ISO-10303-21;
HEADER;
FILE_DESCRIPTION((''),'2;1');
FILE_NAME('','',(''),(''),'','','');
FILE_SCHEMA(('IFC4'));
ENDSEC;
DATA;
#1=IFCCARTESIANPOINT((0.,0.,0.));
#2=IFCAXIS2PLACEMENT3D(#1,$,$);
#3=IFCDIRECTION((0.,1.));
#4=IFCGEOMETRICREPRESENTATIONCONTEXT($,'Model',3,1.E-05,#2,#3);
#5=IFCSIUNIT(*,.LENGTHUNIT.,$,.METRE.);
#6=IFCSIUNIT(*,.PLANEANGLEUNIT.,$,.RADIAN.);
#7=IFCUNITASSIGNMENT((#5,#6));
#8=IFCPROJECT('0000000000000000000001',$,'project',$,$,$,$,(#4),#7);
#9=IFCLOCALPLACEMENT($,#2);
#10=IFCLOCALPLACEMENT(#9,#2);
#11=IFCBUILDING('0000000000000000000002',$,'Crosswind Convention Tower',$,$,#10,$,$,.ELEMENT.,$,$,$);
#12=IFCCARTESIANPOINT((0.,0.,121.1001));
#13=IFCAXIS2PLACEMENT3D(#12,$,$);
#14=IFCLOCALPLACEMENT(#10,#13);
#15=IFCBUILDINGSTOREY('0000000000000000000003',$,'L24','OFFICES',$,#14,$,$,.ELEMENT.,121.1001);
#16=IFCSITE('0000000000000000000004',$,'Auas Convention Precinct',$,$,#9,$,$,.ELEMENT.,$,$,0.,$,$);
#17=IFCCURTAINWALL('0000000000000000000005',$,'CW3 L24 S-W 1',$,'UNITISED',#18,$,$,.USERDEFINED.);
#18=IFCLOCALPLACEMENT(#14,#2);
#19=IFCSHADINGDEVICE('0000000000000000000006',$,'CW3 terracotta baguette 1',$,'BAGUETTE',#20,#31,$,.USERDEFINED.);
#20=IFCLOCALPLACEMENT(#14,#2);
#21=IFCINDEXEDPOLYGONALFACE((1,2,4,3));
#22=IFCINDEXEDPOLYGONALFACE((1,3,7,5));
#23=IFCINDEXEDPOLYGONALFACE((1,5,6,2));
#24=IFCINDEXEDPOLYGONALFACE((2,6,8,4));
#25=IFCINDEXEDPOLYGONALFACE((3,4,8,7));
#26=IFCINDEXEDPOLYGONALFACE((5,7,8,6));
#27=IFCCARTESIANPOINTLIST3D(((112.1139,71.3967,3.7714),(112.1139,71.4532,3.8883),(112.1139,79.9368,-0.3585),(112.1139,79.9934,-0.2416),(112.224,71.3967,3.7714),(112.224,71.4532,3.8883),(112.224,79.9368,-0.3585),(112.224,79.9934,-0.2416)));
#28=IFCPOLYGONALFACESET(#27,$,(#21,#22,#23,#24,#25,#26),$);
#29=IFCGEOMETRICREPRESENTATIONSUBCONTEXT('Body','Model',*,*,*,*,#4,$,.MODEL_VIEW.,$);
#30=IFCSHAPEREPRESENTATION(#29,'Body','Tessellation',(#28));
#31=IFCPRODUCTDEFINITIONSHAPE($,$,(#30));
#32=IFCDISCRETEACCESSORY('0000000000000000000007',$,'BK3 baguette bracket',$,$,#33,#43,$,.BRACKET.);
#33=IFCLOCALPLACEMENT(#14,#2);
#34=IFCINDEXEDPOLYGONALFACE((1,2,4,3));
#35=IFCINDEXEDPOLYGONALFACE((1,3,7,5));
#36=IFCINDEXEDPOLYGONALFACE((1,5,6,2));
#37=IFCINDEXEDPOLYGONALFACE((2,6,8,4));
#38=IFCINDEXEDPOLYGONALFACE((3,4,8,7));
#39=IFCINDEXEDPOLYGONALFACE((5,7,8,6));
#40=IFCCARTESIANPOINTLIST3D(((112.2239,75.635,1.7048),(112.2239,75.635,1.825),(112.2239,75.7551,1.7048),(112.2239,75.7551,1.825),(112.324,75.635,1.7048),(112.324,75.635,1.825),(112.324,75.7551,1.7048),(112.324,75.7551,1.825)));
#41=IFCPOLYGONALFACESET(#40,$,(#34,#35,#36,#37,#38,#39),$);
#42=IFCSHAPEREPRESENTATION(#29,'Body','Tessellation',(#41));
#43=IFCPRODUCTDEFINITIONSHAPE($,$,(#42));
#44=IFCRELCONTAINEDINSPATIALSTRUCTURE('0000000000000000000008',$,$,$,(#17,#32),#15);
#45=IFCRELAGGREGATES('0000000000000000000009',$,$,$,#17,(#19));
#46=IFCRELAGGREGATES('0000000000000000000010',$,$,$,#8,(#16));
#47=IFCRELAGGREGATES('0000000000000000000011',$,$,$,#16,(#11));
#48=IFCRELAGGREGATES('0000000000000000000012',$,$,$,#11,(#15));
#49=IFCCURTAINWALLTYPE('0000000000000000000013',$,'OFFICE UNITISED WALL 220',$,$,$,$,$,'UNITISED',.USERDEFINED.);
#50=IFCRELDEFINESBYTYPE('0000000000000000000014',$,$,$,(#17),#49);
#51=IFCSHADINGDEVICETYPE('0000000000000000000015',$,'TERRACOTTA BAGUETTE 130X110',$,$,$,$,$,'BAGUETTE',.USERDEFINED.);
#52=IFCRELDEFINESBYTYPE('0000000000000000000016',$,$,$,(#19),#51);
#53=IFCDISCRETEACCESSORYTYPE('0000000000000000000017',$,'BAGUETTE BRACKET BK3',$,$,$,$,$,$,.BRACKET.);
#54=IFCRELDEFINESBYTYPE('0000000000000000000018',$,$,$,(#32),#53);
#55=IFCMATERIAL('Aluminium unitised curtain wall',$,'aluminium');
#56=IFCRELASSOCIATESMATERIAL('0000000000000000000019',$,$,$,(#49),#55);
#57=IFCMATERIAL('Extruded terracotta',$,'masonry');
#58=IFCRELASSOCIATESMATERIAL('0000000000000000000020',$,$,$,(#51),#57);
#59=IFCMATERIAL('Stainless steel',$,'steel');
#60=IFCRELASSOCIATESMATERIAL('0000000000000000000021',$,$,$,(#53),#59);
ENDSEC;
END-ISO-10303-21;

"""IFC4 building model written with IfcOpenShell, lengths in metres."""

from ifc_helpers import new_model, si_unit, direction, frame, origin, origin_2d, place, context, subcontext, project, spatial, rectangle, extrude, material, material_profile, profile_set, type_object, element, aggregate, save


model = new_model("IFC4")

# Units and contexts
model_context = context("Model", 3, precision=1e-05, world=origin(), true_north=direction((0.0, 1.0)))
body_context = subcontext(model_context, "Body", "Model", "MODEL_VIEW")
ifc_project = project(units=[si_unit("LENGTHUNIT", "METRE"), si_unit("PLANEANGLEUNIT", "RADIAN")], contexts=[model_context])

# Site, building, storey
site_placement = place(None, origin())
site = spatial("IfcSite", under=ifc_project, at=site_placement, Name="Auas Convention Precinct", CompositionType="ELEMENT", RefElevation=0.0)
building_placement = place(site_placement, origin())
building = spatial("IfcBuilding", under=site, at=building_placement, Name="Crosswind Convention Tower", CompositionType="ELEMENT")
storey_placement = place(building_placement, frame((0.0, 0.0, 121.1001)))
storey = spatial("IfcBuildingStorey", under=building, at=storey_placement, Name="L24", Description="OFFICES", CompositionType="ELEMENT", Elevation=121.1001)

# Shared definitions
ifc_material_1 = material(Name="Aluminium unitised curtain wall", Category="aluminium")

# Curtain wall
curtain_wall_type_1 = type_object("IfcCurtainWallType", Name="OFFICE UNITISED WALL 220", ElementType="UNITISED", PredefinedType="USERDEFINED", material=ifc_material_1)
curtain_wall_1_placement = place(storey_placement, origin())
curtain_wall_1 = element("IfcCurtainWall", 1, at=curtain_wall_1_placement, inside=storey, type_object=curtain_wall_type_1, Name="CW3 L24 S-W 1", ObjectType="UNITISED", PredefinedType="USERDEFINED")

# Shared definitions
ifc_material_2 = material(Name="Stainless steel", Category="steel")

# Shading device
ifc_material_3 = material(Name="Extruded terracotta", Category="masonry")
ifc_material_profile_1 = material_profile(ifc_material_3, rectangle(XDim=0.1101, YDim=0.1299, at=origin_2d()), Name="TC 110X130")
ifc_profile_set_1 = profile_set([ifc_material_profile_1], Name="Extruded terracotta")
shading_device_type = type_object("IfcShadingDeviceType", Name="TERRACOTTA BAGUETTE 130X110", ElementType="BAGUETTE", PredefinedType="USERDEFINED", material=ifc_profile_set_1)
shading_device_placement = place(storey_placement, frame((112.1689, 79.9651, -0.3), z_axis=(0.0, -0.900258, 0.435356), x_axis=(1.0, 0.0, 0.0)))
shading_device = element("IfcShadingDevice", 2, at=shading_device_placement, type_object=shading_device_type, Name="CW3 terracotta baguette 1", ObjectType="BAGUETTE", PredefinedType="USERDEFINED", context=body_context, shape_type="SweptSolid", body=[
    extrude(rectangle(XDim=0.1101, YDim=0.1299, at=origin_2d()), origin(), (0.0, 0.0, 1.0), 9.4863),
])
aggregate(curtain_wall_1, [shading_device])

# Discrete accessory
discrete_accessory_type = type_object("IfcDiscreteAccessoryType", Name="BAGUETTE BRACKET BK3", PredefinedType="BRACKET", material=ifc_material_2)
discrete_accessory_placement = place(storey_placement, frame((112.2739, 75.6951, 1.7048), z_axis=(0.0, 0.0, 1.0), x_axis=(0.0, -1.0, 0.0)))
element("IfcDiscreteAccessory", 3, at=discrete_accessory_placement, inside=storey, type_object=discrete_accessory_type, Name="BK3 baguette bracket", PredefinedType="BRACKET", context=body_context, shape_type="SweptSolid", body=[
    extrude(rectangle(XDim=0.1201, YDim=0.1001, at=origin_2d()), origin(), (0.0, 0.0, 1.0), 0.1201),
])

save(model, "model.ifc")
